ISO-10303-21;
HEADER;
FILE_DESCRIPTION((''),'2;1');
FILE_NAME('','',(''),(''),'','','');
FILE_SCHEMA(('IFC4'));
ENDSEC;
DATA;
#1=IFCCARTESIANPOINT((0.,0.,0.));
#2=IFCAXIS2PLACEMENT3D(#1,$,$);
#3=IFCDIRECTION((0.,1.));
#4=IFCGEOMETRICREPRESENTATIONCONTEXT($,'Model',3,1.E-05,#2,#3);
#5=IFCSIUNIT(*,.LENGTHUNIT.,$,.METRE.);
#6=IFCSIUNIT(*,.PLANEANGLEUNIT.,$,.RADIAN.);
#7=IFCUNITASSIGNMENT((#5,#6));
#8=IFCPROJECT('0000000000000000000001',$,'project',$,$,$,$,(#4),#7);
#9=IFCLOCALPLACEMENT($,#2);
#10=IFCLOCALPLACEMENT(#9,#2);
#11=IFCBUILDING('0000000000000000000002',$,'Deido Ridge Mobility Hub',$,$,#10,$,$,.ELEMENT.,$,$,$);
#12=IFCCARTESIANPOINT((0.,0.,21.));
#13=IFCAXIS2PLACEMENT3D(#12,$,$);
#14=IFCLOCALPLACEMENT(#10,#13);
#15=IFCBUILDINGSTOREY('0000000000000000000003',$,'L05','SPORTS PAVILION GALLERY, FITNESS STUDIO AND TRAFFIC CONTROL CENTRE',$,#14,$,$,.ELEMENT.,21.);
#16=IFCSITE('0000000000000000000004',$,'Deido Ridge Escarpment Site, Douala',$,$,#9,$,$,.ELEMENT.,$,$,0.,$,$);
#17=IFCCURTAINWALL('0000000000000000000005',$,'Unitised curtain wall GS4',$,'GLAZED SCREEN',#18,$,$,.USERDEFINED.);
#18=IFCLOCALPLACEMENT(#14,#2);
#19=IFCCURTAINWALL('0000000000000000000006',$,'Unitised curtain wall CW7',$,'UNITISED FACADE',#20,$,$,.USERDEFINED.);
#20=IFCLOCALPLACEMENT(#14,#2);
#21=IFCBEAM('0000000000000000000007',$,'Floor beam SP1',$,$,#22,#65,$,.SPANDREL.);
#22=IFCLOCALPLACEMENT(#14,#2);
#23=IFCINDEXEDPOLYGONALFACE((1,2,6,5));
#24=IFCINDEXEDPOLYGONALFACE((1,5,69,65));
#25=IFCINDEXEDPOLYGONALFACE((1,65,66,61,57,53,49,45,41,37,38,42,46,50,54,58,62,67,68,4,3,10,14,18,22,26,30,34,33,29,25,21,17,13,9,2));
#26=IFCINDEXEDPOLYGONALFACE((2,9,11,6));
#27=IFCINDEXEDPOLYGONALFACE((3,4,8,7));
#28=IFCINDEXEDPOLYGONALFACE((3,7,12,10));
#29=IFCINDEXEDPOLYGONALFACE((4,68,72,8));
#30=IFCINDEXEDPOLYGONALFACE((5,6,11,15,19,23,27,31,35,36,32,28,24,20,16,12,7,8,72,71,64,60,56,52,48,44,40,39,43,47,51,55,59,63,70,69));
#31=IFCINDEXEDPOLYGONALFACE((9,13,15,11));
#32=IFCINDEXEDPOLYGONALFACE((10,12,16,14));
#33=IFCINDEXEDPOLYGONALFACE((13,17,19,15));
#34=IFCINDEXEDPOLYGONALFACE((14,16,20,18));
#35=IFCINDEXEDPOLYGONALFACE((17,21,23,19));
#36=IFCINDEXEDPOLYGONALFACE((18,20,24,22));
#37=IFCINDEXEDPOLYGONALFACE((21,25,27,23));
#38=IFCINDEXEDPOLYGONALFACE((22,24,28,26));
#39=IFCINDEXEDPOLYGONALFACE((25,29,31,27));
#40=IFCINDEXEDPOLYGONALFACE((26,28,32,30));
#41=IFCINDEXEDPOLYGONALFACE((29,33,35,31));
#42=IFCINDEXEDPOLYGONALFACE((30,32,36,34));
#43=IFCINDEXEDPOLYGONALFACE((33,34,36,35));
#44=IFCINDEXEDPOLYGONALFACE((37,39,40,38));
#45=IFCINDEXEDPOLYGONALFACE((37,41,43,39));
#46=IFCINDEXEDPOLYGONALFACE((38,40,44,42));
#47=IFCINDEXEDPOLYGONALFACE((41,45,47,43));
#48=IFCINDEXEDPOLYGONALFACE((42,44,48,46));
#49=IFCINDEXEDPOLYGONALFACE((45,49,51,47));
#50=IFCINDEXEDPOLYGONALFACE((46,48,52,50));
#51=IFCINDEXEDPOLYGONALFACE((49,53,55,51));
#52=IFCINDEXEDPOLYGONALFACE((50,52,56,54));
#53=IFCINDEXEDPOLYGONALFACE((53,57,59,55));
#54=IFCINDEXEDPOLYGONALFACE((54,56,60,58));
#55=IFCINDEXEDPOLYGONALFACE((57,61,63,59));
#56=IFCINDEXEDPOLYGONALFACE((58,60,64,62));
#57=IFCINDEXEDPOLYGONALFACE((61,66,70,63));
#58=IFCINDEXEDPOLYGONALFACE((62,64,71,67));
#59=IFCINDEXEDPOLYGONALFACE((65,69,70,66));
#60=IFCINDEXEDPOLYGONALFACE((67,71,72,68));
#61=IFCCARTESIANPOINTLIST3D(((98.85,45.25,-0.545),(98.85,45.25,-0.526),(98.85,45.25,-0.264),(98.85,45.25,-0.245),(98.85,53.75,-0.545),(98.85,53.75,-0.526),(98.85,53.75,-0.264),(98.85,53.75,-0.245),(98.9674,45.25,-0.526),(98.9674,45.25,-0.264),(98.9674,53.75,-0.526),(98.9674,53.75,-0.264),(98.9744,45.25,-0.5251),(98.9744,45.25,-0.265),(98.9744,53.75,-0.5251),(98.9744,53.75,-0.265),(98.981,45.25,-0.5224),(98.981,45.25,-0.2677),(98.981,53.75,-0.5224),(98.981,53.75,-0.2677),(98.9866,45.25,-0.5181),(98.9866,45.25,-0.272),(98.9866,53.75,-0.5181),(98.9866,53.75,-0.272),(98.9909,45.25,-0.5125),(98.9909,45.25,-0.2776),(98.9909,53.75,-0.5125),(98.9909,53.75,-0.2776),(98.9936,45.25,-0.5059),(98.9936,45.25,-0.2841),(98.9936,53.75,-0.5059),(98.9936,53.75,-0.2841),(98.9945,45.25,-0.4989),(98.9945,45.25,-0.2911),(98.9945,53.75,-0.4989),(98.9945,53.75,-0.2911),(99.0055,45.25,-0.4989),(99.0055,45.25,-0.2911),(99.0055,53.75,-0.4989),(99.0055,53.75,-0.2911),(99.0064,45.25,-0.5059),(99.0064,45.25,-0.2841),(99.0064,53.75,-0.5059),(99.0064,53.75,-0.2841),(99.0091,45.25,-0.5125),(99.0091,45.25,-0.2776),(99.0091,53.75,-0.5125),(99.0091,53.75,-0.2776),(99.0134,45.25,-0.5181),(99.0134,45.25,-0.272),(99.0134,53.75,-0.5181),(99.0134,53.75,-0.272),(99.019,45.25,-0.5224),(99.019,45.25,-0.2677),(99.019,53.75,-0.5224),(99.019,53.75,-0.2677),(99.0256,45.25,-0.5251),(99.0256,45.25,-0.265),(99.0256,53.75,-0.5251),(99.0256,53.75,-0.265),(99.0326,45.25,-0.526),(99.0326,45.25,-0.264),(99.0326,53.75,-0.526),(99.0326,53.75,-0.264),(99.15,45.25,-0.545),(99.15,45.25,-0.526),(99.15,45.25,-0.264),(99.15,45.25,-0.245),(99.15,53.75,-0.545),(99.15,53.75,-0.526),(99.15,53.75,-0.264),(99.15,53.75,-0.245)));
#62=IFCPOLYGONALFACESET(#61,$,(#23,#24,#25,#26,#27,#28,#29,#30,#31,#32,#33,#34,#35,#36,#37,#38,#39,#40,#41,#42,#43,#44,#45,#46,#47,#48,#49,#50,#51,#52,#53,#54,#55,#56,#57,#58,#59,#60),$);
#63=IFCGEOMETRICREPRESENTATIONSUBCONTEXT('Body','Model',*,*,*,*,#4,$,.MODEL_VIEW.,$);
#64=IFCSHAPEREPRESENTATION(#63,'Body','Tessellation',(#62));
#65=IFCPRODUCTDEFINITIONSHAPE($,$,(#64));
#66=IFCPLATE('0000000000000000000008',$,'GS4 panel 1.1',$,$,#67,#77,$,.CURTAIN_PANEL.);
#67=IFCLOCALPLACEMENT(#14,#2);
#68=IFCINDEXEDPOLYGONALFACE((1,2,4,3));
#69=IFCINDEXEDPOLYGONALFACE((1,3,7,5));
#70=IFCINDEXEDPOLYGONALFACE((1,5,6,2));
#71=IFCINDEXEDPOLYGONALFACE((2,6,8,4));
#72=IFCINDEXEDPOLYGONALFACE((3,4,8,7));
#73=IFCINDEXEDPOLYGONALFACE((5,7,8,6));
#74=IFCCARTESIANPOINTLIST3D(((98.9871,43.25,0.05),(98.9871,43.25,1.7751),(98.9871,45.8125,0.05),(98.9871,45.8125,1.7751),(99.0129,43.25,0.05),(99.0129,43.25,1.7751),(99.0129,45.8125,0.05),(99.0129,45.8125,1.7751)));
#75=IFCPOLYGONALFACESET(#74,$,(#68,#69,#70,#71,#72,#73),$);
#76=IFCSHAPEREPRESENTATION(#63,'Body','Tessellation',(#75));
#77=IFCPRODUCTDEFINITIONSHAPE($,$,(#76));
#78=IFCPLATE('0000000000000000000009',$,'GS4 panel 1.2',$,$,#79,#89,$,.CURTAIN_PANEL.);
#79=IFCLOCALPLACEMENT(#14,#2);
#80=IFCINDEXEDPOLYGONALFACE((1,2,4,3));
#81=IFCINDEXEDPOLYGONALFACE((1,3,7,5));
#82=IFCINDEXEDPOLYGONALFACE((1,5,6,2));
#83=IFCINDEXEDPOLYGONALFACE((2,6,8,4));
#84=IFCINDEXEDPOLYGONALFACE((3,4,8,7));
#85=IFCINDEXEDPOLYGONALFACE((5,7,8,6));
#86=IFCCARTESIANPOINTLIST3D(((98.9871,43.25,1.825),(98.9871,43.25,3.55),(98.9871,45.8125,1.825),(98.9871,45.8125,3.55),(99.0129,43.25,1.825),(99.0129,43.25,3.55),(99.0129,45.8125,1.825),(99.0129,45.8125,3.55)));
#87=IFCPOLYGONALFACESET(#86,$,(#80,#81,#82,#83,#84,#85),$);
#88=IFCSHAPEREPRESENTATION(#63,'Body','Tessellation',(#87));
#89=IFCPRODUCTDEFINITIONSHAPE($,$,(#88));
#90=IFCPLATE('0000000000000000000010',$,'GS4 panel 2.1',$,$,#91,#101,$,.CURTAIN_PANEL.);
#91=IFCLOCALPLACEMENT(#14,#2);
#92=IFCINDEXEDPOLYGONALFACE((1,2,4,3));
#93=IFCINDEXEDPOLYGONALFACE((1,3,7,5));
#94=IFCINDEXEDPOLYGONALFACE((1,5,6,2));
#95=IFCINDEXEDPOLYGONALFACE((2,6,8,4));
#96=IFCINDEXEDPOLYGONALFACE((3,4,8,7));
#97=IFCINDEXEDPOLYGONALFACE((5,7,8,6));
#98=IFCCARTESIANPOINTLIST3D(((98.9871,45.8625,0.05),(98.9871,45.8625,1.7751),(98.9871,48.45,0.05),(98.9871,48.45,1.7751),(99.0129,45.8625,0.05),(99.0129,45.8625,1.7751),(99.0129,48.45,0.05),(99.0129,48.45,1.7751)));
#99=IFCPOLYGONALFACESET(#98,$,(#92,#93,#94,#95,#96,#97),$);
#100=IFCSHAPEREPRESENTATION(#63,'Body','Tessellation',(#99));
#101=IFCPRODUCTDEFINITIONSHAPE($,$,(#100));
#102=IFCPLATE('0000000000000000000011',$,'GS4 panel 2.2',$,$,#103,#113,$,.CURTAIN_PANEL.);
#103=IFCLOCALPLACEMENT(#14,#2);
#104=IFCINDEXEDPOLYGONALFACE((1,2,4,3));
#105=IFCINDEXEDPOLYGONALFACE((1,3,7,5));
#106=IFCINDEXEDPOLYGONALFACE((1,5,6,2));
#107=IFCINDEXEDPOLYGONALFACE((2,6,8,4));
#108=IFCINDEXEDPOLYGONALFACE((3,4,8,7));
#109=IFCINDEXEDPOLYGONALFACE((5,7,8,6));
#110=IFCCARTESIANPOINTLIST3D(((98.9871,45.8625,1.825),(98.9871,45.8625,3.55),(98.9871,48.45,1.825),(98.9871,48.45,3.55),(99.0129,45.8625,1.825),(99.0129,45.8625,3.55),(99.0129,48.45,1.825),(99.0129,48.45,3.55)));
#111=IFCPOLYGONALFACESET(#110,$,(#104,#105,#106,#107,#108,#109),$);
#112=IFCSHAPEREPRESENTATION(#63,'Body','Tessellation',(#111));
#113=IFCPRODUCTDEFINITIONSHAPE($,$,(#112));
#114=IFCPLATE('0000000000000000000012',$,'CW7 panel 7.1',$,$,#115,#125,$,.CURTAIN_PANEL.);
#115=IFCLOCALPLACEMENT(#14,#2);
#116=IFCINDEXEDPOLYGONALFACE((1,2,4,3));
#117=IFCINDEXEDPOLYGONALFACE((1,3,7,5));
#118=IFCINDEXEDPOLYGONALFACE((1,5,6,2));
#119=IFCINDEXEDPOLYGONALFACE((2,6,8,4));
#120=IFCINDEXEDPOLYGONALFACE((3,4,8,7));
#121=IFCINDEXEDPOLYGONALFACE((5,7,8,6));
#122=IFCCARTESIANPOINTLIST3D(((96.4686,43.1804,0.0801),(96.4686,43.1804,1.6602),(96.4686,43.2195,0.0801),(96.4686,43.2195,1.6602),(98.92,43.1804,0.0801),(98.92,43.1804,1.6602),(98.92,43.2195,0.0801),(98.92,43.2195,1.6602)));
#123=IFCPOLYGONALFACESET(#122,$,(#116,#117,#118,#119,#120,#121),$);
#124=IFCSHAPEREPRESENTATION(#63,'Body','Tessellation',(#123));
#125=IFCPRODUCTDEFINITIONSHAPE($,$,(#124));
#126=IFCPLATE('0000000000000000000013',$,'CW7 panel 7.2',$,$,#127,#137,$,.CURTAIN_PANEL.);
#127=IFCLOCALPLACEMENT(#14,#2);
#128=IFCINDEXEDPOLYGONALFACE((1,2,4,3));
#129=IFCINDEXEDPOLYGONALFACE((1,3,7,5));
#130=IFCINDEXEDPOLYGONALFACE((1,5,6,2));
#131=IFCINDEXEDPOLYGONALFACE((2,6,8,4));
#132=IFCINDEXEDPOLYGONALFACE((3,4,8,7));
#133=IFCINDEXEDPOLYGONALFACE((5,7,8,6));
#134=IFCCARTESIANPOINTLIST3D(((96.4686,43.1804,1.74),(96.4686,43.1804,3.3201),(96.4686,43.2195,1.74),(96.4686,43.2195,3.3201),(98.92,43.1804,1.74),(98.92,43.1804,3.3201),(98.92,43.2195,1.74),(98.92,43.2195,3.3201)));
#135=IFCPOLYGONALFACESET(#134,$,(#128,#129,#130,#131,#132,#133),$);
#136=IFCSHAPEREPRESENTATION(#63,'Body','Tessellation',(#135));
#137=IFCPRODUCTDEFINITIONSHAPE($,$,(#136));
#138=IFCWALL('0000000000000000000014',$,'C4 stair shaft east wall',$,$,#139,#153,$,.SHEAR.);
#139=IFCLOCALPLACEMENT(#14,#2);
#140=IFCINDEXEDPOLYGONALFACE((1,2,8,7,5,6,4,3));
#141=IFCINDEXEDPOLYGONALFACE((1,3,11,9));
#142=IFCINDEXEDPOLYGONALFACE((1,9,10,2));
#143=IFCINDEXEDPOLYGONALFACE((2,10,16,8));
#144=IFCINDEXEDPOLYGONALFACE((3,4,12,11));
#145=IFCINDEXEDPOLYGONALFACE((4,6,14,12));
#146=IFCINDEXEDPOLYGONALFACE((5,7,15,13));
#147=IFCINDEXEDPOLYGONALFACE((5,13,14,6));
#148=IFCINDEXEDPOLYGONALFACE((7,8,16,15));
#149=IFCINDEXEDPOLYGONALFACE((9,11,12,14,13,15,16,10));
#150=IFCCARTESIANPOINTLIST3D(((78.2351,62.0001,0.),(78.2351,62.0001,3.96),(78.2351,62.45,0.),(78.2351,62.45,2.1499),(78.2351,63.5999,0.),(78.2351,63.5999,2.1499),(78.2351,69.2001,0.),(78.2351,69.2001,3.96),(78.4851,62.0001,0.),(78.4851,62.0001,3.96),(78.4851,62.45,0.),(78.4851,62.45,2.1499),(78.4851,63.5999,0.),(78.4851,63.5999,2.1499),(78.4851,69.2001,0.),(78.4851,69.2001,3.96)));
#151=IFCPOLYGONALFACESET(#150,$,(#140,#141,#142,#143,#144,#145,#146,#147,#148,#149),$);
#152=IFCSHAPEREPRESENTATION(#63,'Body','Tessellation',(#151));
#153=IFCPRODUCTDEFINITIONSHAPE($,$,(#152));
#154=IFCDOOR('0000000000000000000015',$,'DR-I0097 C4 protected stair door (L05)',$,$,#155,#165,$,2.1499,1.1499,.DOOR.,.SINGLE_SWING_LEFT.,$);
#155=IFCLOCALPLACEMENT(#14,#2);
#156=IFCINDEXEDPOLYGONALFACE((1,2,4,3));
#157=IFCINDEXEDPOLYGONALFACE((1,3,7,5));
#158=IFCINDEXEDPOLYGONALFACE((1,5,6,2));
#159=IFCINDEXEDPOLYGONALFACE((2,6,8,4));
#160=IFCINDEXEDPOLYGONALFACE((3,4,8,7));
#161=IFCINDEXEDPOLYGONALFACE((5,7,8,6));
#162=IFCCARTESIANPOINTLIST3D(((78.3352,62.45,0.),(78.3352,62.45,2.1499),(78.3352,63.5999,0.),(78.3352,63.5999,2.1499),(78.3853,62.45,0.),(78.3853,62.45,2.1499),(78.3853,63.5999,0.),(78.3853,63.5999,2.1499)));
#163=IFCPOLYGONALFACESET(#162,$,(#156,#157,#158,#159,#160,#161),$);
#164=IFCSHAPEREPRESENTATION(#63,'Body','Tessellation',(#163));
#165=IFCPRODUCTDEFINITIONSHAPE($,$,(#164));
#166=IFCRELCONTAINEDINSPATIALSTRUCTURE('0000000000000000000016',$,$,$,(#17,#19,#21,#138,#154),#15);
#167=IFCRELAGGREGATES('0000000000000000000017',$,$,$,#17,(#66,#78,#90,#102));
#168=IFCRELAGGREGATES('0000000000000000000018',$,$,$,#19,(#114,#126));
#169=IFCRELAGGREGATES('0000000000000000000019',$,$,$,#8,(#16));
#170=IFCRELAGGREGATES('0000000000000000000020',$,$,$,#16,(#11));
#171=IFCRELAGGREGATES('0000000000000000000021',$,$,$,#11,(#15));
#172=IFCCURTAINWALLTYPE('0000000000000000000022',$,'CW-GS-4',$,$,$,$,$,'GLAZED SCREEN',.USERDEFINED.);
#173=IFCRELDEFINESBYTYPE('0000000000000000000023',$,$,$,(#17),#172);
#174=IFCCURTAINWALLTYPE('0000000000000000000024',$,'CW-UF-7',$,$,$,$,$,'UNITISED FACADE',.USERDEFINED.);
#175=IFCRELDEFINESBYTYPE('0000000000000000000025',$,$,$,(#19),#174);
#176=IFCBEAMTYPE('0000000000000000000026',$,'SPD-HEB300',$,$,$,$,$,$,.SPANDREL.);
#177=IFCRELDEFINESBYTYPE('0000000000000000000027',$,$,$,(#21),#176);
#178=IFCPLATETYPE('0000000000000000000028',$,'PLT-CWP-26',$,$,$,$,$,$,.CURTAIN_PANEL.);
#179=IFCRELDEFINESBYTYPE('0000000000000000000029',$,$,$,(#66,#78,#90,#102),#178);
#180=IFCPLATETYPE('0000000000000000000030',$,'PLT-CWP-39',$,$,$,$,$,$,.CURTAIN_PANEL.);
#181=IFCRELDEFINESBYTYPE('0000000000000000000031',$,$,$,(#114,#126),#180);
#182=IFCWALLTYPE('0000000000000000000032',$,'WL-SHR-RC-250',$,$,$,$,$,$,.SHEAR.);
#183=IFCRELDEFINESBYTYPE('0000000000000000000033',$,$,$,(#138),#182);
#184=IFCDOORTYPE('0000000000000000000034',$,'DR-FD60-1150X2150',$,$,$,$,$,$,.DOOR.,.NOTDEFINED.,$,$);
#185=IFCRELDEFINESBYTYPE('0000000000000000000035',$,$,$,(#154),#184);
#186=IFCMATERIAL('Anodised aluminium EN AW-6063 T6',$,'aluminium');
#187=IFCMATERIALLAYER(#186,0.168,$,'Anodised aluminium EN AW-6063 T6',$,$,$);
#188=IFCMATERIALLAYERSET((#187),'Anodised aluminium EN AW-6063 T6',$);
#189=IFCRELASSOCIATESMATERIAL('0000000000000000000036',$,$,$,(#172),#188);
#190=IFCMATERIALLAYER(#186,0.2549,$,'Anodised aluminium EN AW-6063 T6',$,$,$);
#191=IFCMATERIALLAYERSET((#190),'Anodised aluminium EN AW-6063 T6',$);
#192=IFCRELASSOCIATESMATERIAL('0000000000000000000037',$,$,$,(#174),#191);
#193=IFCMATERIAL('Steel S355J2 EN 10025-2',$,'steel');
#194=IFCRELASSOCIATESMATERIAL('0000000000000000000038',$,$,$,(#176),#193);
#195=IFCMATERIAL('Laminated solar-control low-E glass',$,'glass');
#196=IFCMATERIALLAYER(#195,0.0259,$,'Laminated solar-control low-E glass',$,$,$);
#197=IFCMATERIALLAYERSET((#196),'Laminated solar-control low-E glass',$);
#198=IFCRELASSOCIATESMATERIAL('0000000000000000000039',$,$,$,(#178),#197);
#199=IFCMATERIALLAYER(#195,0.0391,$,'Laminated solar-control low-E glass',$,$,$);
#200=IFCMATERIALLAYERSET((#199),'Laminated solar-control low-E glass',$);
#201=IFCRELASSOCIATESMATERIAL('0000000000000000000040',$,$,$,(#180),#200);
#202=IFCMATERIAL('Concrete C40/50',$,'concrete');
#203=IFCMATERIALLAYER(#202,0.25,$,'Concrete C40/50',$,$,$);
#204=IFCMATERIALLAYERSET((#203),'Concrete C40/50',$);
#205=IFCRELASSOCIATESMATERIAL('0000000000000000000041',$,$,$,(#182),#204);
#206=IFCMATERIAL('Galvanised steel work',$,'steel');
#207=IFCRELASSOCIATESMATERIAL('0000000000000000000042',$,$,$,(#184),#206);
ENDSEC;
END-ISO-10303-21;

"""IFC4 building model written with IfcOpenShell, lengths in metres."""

from ifc_helpers import new_model, si_unit, direction, frame, frame_2d, origin, origin_2d, place, context, subcontext, project, spatial, rectangle, i_section, extrude, material, layer, layer_set, material_profile, profile_set, type_object, element, fill, aggregate, save


model = new_model("IFC4")

# Units and contexts
model_context = context("Model", 3, precision=1e-05, world=origin(), true_north=direction((0.0, 1.0)))
body_context = subcontext(model_context, "Body", "Model", "MODEL_VIEW")
ifc_project = project(units=[si_unit("LENGTHUNIT", "METRE"), si_unit("PLANEANGLEUNIT", "RADIAN")], contexts=[model_context])

# Site, building, storey
site_placement = place(None, origin())
site = spatial("IfcSite", under=ifc_project, at=site_placement, Name="Deido Ridge Escarpment Site, Douala", CompositionType="ELEMENT", RefElevation=0.0)
building_placement = place(site_placement, origin())
building = spatial("IfcBuilding", under=site, at=building_placement, Name="Deido Ridge Mobility Hub", CompositionType="ELEMENT")
storey_placement = place(building_placement, frame((0.0, 0.0, 21.0)))
storey = spatial("IfcBuildingStorey", under=building, at=storey_placement, Name="L05", Description="SPORTS PAVILION GALLERY, FITNESS STUDIO AND TRAFFIC CONTROL CENTRE", CompositionType="ELEMENT", Elevation=21.0)

# Shared definitions
ifc_material_1 = material(Name="Steel S355J2 EN 10025-2", Category="steel")

# Curtain wall
ifc_material_2 = material(Name="Anodised aluminium EN AW-6063 T6", Category="aluminium")
ifc_layer_1 = layer(ifc_material_2, 0.168, Name="Anodised aluminium EN AW-6063 T6")
ifc_layer_set_1 = layer_set([ifc_layer_1], Name="Anodised aluminium EN AW-6063 T6")
curtain_wall_type_1 = type_object("IfcCurtainWallType", Name="CW-GS-4", ElementType="GLAZED SCREEN", PredefinedType="USERDEFINED", material=ifc_layer_set_1)
curtain_wall_1_placement = place(storey_placement, origin())
curtain_wall_1 = element("IfcCurtainWall", 1, at=curtain_wall_1_placement, inside=storey, type_object=curtain_wall_type_1, Name="Unitised curtain wall GS4", ObjectType="GLAZED SCREEN", PredefinedType="USERDEFINED")

# Curtain wall
ifc_layer_2 = layer(ifc_material_2, 0.2549, Name="Anodised aluminium EN AW-6063 T6")
ifc_layer_set_2 = layer_set([ifc_layer_2], Name="Anodised aluminium EN AW-6063 T6")
curtain_wall_type_2 = type_object("IfcCurtainWallType", Name="CW-UF-7", ElementType="UNITISED FACADE", PredefinedType="USERDEFINED", material=ifc_layer_set_2)
curtain_wall_2_placement = place(storey_placement, origin())
curtain_wall_2 = element("IfcCurtainWall", 2, at=curtain_wall_2_placement, inside=storey, type_object=curtain_wall_type_2, Name="Unitised curtain wall CW7", ObjectType="UNITISED FACADE", PredefinedType="USERDEFINED")

# Beam
ifc_material_profile_1 = material_profile(ifc_material_1, i_section(OverallWidth=0.3, OverallDepth=0.3, WebThickness=0.011, FlangeThickness=0.019, FilletRadius=0.0271, at=origin_2d()), Name="HEB 300")
ifc_profile_set_1 = profile_set([ifc_material_profile_1], Name="Steel S355J2 EN 10025-2")
beam_type_1 = type_object("IfcBeamType", Name="SPD-HEB300", PredefinedType="SPANDREL", material=ifc_profile_set_1)
beam_1_placement = place(storey_placement, frame((99.0, 45.25, -0.395), z_axis=(0.0, 1.0, 0.0), x_axis=(-1.0, 0.0, 0.0)))
element("IfcBeam", 3, at=beam_1_placement, inside=storey, type_object=beam_type_1, Name="Floor beam SP1", PredefinedType="SPANDREL", context=body_context, shape_type="SweptSolid", body=[
    extrude(i_section(OverallWidth=0.3, OverallDepth=0.3, WebThickness=0.011, FlangeThickness=0.019, FilletRadius=0.0271, at=origin_2d()), origin(), (0.0, 0.0, 1.0), 8.5),
])

# Plates
ifc_material_3 = material(Name="Laminated solar-control low-E glass", Category="glass")
ifc_layer_3 = layer(ifc_material_3, 0.0259, Name="Laminated solar-control low-E glass")
ifc_layer_set_3 = layer_set([ifc_layer_3], Name="Laminated solar-control low-E glass")
plate_type_1 = type_object("IfcPlateType", Name="PLT-CWP-26", PredefinedType="CURTAIN_PANEL", material=ifc_layer_set_3)
plate_1_placement = place(storey_placement, frame((99.0, 44.5312, 0.05), z_axis=(0.0, 0.0, 1.0), x_axis=(0.0, 1.0, 0.0)))
plate_1 = element("IfcPlate", 4, at=plate_1_placement, type_object=plate_type_1, Name="GS4 panel 1.1", PredefinedType="CURTAIN_PANEL", context=body_context, shape_type="SweptSolid", body=[
    extrude(rectangle(XDim=2.5625, YDim=0.0259, at=origin_2d()), origin(), (0.0, 0.0, 1.0), 1.7251),
])
plate_2_placement = place(storey_placement, frame((99.0, 44.5312, 1.825), z_axis=(0.0, 0.0, 1.0), x_axis=(0.0, 1.0, 0.0)))
plate_2 = element("IfcPlate", 5, at=plate_2_placement, type_object=plate_type_1, Name="GS4 panel 1.2", PredefinedType="CURTAIN_PANEL", context=body_context, shape_type="SweptSolid", body=[
    extrude(rectangle(XDim=2.5625, YDim=0.0259, at=origin_2d()), origin(), (0.0, 0.0, 1.0), 1.7251),
])
plate_3_placement = place(storey_placement, frame((99.0, 47.1562, 0.05), z_axis=(0.0, 0.0, 1.0), x_axis=(0.0, 1.0, 0.0)))
plate_3 = element("IfcPlate", 6, at=plate_3_placement, type_object=plate_type_1, Name="GS4 panel 2.1", PredefinedType="CURTAIN_PANEL", context=body_context, shape_type="SweptSolid", body=[
    extrude(rectangle(XDim=2.5874, YDim=0.0259, at=origin_2d()), origin(), (0.0, 0.0, 1.0), 1.7251),
])
plate_4_placement = place(storey_placement, frame((99.0, 47.1562, 1.825), z_axis=(0.0, 0.0, 1.0), x_axis=(0.0, 1.0, 0.0)))
plate_4 = element("IfcPlate", 7, at=plate_4_placement, type_object=plate_type_1, Name="GS4 panel 2.2", PredefinedType="CURTAIN_PANEL", context=body_context, shape_type="SweptSolid", body=[
    extrude(rectangle(XDim=2.5874, YDim=0.0259, at=origin_2d()), origin(), (0.0, 0.0, 1.0), 1.7251),
])
aggregate(curtain_wall_1, [plate_1, plate_2, plate_3, plate_4])
ifc_layer_4 = layer(ifc_material_3, 0.0391, Name="Laminated solar-control low-E glass")
ifc_layer_set_4 = layer_set([ifc_layer_4], Name="Laminated solar-control low-E glass")
plate_type_2 = type_object("IfcPlateType", Name="PLT-CWP-39", PredefinedType="CURTAIN_PANEL", material=ifc_layer_set_4)
plate_5_placement = place(storey_placement, frame((97.6943, 43.2, 0.0801), z_axis=(0.0, 0.0, 1.0), x_axis=(1.0, 0.0, 0.0)))
plate_5 = element("IfcPlate", 8, at=plate_5_placement, type_object=plate_type_2, Name="CW7 panel 7.1", PredefinedType="CURTAIN_PANEL", context=body_context, shape_type="SweptSolid", body=[
    extrude(rectangle(XDim=2.4514, YDim=0.0391, at=origin_2d()), origin(), (0.0, 0.0, 1.0), 1.5801),
])
plate_6_placement = place(storey_placement, frame((97.6943, 43.2, 1.74), z_axis=(0.0, 0.0, 1.0), x_axis=(1.0, 0.0, 0.0)))
plate_6 = element("IfcPlate", 9, at=plate_6_placement, type_object=plate_type_2, Name="CW7 panel 7.2", PredefinedType="CURTAIN_PANEL", context=body_context, shape_type="SweptSolid", body=[
    extrude(rectangle(XDim=2.4514, YDim=0.0391, at=origin_2d()), origin(), (0.0, 0.0, 1.0), 1.5801),
])
aggregate(curtain_wall_2, [plate_5, plate_6])

# Wall, opening, door
ifc_material_4 = material(Name="Concrete C40/50", Category="concrete")
ifc_layer_5 = layer(ifc_material_4, 0.25, Name="Concrete C40/50")
ifc_layer_set_5 = layer_set([ifc_layer_5], Name="Concrete C40/50")
wall_type = type_object("IfcWallType", Name="WL-SHR-RC-250", PredefinedType="SHEAR", material=ifc_layer_set_5)
wall_placement = place(storey_placement, frame((78.3601, 62.0, 0.0), z_axis=(0.0, 0.0, 1.0), x_axis=(0.0, 1.0, 0.0)))
wall = element("IfcWall", 10, at=wall_placement, inside=storey, type_object=wall_type, Name="C4 stair shaft east wall", PredefinedType="SHEAR", context=body_context, shape_type="SweptSolid", body=[
    extrude(rectangle(XDim=7.2, YDim=0.25, at=frame_2d((3.6001, 0.0))), origin(), (0.0, 0.0, 1.0), 3.96),
])
opening_placement = place(wall_placement, frame((0.45, 0.0, 0.0)))
opening = element("IfcOpeningElement", 11, at=opening_placement, cuts=wall, PredefinedType="OPENING", context=body_context, shape_type="SweptSolid", body=[
    extrude(rectangle(XDim=1.1499, YDim=2.1499, at=frame_2d((0.575, 1.075))), frame((0.0, 0.135, 0.0), z_axis=(0.0, -1.0, 0.0), x_axis=(1.0, 0.0, 0.0)), (0.0, 0.0, 1.0), 0.27),
])
ifc_material_5 = material(Name="Galvanised steel work", Category="steel")
door_type = type_object("IfcDoorType", Name="DR-FD60-1150X2150", OperationType="NOTDEFINED", PredefinedType="DOOR", material=ifc_material_5)
door_placement = place(opening_placement, origin())
door = element("IfcDoor", 12, at=door_placement, inside=storey, type_object=door_type, Name="DR-I0097 C4 protected stair door (L05)", OperationType="SINGLE_SWING_LEFT", OverallHeight=2.1499, OverallWidth=1.1499, PredefinedType="DOOR", context=body_context, shape_type="SweptSolid", body=[
    extrude(rectangle(XDim=1.1499, YDim=2.1499, at=frame_2d((0.575, 1.075))), frame((0.0, 0.0249, 0.0), z_axis=(0.0, -1.0, 0.0), x_axis=(1.0, 0.0, 0.0)), (0.0, 0.0, 1.0), 0.05),
])
fill(opening, door)

save(model, "model.ifc")
